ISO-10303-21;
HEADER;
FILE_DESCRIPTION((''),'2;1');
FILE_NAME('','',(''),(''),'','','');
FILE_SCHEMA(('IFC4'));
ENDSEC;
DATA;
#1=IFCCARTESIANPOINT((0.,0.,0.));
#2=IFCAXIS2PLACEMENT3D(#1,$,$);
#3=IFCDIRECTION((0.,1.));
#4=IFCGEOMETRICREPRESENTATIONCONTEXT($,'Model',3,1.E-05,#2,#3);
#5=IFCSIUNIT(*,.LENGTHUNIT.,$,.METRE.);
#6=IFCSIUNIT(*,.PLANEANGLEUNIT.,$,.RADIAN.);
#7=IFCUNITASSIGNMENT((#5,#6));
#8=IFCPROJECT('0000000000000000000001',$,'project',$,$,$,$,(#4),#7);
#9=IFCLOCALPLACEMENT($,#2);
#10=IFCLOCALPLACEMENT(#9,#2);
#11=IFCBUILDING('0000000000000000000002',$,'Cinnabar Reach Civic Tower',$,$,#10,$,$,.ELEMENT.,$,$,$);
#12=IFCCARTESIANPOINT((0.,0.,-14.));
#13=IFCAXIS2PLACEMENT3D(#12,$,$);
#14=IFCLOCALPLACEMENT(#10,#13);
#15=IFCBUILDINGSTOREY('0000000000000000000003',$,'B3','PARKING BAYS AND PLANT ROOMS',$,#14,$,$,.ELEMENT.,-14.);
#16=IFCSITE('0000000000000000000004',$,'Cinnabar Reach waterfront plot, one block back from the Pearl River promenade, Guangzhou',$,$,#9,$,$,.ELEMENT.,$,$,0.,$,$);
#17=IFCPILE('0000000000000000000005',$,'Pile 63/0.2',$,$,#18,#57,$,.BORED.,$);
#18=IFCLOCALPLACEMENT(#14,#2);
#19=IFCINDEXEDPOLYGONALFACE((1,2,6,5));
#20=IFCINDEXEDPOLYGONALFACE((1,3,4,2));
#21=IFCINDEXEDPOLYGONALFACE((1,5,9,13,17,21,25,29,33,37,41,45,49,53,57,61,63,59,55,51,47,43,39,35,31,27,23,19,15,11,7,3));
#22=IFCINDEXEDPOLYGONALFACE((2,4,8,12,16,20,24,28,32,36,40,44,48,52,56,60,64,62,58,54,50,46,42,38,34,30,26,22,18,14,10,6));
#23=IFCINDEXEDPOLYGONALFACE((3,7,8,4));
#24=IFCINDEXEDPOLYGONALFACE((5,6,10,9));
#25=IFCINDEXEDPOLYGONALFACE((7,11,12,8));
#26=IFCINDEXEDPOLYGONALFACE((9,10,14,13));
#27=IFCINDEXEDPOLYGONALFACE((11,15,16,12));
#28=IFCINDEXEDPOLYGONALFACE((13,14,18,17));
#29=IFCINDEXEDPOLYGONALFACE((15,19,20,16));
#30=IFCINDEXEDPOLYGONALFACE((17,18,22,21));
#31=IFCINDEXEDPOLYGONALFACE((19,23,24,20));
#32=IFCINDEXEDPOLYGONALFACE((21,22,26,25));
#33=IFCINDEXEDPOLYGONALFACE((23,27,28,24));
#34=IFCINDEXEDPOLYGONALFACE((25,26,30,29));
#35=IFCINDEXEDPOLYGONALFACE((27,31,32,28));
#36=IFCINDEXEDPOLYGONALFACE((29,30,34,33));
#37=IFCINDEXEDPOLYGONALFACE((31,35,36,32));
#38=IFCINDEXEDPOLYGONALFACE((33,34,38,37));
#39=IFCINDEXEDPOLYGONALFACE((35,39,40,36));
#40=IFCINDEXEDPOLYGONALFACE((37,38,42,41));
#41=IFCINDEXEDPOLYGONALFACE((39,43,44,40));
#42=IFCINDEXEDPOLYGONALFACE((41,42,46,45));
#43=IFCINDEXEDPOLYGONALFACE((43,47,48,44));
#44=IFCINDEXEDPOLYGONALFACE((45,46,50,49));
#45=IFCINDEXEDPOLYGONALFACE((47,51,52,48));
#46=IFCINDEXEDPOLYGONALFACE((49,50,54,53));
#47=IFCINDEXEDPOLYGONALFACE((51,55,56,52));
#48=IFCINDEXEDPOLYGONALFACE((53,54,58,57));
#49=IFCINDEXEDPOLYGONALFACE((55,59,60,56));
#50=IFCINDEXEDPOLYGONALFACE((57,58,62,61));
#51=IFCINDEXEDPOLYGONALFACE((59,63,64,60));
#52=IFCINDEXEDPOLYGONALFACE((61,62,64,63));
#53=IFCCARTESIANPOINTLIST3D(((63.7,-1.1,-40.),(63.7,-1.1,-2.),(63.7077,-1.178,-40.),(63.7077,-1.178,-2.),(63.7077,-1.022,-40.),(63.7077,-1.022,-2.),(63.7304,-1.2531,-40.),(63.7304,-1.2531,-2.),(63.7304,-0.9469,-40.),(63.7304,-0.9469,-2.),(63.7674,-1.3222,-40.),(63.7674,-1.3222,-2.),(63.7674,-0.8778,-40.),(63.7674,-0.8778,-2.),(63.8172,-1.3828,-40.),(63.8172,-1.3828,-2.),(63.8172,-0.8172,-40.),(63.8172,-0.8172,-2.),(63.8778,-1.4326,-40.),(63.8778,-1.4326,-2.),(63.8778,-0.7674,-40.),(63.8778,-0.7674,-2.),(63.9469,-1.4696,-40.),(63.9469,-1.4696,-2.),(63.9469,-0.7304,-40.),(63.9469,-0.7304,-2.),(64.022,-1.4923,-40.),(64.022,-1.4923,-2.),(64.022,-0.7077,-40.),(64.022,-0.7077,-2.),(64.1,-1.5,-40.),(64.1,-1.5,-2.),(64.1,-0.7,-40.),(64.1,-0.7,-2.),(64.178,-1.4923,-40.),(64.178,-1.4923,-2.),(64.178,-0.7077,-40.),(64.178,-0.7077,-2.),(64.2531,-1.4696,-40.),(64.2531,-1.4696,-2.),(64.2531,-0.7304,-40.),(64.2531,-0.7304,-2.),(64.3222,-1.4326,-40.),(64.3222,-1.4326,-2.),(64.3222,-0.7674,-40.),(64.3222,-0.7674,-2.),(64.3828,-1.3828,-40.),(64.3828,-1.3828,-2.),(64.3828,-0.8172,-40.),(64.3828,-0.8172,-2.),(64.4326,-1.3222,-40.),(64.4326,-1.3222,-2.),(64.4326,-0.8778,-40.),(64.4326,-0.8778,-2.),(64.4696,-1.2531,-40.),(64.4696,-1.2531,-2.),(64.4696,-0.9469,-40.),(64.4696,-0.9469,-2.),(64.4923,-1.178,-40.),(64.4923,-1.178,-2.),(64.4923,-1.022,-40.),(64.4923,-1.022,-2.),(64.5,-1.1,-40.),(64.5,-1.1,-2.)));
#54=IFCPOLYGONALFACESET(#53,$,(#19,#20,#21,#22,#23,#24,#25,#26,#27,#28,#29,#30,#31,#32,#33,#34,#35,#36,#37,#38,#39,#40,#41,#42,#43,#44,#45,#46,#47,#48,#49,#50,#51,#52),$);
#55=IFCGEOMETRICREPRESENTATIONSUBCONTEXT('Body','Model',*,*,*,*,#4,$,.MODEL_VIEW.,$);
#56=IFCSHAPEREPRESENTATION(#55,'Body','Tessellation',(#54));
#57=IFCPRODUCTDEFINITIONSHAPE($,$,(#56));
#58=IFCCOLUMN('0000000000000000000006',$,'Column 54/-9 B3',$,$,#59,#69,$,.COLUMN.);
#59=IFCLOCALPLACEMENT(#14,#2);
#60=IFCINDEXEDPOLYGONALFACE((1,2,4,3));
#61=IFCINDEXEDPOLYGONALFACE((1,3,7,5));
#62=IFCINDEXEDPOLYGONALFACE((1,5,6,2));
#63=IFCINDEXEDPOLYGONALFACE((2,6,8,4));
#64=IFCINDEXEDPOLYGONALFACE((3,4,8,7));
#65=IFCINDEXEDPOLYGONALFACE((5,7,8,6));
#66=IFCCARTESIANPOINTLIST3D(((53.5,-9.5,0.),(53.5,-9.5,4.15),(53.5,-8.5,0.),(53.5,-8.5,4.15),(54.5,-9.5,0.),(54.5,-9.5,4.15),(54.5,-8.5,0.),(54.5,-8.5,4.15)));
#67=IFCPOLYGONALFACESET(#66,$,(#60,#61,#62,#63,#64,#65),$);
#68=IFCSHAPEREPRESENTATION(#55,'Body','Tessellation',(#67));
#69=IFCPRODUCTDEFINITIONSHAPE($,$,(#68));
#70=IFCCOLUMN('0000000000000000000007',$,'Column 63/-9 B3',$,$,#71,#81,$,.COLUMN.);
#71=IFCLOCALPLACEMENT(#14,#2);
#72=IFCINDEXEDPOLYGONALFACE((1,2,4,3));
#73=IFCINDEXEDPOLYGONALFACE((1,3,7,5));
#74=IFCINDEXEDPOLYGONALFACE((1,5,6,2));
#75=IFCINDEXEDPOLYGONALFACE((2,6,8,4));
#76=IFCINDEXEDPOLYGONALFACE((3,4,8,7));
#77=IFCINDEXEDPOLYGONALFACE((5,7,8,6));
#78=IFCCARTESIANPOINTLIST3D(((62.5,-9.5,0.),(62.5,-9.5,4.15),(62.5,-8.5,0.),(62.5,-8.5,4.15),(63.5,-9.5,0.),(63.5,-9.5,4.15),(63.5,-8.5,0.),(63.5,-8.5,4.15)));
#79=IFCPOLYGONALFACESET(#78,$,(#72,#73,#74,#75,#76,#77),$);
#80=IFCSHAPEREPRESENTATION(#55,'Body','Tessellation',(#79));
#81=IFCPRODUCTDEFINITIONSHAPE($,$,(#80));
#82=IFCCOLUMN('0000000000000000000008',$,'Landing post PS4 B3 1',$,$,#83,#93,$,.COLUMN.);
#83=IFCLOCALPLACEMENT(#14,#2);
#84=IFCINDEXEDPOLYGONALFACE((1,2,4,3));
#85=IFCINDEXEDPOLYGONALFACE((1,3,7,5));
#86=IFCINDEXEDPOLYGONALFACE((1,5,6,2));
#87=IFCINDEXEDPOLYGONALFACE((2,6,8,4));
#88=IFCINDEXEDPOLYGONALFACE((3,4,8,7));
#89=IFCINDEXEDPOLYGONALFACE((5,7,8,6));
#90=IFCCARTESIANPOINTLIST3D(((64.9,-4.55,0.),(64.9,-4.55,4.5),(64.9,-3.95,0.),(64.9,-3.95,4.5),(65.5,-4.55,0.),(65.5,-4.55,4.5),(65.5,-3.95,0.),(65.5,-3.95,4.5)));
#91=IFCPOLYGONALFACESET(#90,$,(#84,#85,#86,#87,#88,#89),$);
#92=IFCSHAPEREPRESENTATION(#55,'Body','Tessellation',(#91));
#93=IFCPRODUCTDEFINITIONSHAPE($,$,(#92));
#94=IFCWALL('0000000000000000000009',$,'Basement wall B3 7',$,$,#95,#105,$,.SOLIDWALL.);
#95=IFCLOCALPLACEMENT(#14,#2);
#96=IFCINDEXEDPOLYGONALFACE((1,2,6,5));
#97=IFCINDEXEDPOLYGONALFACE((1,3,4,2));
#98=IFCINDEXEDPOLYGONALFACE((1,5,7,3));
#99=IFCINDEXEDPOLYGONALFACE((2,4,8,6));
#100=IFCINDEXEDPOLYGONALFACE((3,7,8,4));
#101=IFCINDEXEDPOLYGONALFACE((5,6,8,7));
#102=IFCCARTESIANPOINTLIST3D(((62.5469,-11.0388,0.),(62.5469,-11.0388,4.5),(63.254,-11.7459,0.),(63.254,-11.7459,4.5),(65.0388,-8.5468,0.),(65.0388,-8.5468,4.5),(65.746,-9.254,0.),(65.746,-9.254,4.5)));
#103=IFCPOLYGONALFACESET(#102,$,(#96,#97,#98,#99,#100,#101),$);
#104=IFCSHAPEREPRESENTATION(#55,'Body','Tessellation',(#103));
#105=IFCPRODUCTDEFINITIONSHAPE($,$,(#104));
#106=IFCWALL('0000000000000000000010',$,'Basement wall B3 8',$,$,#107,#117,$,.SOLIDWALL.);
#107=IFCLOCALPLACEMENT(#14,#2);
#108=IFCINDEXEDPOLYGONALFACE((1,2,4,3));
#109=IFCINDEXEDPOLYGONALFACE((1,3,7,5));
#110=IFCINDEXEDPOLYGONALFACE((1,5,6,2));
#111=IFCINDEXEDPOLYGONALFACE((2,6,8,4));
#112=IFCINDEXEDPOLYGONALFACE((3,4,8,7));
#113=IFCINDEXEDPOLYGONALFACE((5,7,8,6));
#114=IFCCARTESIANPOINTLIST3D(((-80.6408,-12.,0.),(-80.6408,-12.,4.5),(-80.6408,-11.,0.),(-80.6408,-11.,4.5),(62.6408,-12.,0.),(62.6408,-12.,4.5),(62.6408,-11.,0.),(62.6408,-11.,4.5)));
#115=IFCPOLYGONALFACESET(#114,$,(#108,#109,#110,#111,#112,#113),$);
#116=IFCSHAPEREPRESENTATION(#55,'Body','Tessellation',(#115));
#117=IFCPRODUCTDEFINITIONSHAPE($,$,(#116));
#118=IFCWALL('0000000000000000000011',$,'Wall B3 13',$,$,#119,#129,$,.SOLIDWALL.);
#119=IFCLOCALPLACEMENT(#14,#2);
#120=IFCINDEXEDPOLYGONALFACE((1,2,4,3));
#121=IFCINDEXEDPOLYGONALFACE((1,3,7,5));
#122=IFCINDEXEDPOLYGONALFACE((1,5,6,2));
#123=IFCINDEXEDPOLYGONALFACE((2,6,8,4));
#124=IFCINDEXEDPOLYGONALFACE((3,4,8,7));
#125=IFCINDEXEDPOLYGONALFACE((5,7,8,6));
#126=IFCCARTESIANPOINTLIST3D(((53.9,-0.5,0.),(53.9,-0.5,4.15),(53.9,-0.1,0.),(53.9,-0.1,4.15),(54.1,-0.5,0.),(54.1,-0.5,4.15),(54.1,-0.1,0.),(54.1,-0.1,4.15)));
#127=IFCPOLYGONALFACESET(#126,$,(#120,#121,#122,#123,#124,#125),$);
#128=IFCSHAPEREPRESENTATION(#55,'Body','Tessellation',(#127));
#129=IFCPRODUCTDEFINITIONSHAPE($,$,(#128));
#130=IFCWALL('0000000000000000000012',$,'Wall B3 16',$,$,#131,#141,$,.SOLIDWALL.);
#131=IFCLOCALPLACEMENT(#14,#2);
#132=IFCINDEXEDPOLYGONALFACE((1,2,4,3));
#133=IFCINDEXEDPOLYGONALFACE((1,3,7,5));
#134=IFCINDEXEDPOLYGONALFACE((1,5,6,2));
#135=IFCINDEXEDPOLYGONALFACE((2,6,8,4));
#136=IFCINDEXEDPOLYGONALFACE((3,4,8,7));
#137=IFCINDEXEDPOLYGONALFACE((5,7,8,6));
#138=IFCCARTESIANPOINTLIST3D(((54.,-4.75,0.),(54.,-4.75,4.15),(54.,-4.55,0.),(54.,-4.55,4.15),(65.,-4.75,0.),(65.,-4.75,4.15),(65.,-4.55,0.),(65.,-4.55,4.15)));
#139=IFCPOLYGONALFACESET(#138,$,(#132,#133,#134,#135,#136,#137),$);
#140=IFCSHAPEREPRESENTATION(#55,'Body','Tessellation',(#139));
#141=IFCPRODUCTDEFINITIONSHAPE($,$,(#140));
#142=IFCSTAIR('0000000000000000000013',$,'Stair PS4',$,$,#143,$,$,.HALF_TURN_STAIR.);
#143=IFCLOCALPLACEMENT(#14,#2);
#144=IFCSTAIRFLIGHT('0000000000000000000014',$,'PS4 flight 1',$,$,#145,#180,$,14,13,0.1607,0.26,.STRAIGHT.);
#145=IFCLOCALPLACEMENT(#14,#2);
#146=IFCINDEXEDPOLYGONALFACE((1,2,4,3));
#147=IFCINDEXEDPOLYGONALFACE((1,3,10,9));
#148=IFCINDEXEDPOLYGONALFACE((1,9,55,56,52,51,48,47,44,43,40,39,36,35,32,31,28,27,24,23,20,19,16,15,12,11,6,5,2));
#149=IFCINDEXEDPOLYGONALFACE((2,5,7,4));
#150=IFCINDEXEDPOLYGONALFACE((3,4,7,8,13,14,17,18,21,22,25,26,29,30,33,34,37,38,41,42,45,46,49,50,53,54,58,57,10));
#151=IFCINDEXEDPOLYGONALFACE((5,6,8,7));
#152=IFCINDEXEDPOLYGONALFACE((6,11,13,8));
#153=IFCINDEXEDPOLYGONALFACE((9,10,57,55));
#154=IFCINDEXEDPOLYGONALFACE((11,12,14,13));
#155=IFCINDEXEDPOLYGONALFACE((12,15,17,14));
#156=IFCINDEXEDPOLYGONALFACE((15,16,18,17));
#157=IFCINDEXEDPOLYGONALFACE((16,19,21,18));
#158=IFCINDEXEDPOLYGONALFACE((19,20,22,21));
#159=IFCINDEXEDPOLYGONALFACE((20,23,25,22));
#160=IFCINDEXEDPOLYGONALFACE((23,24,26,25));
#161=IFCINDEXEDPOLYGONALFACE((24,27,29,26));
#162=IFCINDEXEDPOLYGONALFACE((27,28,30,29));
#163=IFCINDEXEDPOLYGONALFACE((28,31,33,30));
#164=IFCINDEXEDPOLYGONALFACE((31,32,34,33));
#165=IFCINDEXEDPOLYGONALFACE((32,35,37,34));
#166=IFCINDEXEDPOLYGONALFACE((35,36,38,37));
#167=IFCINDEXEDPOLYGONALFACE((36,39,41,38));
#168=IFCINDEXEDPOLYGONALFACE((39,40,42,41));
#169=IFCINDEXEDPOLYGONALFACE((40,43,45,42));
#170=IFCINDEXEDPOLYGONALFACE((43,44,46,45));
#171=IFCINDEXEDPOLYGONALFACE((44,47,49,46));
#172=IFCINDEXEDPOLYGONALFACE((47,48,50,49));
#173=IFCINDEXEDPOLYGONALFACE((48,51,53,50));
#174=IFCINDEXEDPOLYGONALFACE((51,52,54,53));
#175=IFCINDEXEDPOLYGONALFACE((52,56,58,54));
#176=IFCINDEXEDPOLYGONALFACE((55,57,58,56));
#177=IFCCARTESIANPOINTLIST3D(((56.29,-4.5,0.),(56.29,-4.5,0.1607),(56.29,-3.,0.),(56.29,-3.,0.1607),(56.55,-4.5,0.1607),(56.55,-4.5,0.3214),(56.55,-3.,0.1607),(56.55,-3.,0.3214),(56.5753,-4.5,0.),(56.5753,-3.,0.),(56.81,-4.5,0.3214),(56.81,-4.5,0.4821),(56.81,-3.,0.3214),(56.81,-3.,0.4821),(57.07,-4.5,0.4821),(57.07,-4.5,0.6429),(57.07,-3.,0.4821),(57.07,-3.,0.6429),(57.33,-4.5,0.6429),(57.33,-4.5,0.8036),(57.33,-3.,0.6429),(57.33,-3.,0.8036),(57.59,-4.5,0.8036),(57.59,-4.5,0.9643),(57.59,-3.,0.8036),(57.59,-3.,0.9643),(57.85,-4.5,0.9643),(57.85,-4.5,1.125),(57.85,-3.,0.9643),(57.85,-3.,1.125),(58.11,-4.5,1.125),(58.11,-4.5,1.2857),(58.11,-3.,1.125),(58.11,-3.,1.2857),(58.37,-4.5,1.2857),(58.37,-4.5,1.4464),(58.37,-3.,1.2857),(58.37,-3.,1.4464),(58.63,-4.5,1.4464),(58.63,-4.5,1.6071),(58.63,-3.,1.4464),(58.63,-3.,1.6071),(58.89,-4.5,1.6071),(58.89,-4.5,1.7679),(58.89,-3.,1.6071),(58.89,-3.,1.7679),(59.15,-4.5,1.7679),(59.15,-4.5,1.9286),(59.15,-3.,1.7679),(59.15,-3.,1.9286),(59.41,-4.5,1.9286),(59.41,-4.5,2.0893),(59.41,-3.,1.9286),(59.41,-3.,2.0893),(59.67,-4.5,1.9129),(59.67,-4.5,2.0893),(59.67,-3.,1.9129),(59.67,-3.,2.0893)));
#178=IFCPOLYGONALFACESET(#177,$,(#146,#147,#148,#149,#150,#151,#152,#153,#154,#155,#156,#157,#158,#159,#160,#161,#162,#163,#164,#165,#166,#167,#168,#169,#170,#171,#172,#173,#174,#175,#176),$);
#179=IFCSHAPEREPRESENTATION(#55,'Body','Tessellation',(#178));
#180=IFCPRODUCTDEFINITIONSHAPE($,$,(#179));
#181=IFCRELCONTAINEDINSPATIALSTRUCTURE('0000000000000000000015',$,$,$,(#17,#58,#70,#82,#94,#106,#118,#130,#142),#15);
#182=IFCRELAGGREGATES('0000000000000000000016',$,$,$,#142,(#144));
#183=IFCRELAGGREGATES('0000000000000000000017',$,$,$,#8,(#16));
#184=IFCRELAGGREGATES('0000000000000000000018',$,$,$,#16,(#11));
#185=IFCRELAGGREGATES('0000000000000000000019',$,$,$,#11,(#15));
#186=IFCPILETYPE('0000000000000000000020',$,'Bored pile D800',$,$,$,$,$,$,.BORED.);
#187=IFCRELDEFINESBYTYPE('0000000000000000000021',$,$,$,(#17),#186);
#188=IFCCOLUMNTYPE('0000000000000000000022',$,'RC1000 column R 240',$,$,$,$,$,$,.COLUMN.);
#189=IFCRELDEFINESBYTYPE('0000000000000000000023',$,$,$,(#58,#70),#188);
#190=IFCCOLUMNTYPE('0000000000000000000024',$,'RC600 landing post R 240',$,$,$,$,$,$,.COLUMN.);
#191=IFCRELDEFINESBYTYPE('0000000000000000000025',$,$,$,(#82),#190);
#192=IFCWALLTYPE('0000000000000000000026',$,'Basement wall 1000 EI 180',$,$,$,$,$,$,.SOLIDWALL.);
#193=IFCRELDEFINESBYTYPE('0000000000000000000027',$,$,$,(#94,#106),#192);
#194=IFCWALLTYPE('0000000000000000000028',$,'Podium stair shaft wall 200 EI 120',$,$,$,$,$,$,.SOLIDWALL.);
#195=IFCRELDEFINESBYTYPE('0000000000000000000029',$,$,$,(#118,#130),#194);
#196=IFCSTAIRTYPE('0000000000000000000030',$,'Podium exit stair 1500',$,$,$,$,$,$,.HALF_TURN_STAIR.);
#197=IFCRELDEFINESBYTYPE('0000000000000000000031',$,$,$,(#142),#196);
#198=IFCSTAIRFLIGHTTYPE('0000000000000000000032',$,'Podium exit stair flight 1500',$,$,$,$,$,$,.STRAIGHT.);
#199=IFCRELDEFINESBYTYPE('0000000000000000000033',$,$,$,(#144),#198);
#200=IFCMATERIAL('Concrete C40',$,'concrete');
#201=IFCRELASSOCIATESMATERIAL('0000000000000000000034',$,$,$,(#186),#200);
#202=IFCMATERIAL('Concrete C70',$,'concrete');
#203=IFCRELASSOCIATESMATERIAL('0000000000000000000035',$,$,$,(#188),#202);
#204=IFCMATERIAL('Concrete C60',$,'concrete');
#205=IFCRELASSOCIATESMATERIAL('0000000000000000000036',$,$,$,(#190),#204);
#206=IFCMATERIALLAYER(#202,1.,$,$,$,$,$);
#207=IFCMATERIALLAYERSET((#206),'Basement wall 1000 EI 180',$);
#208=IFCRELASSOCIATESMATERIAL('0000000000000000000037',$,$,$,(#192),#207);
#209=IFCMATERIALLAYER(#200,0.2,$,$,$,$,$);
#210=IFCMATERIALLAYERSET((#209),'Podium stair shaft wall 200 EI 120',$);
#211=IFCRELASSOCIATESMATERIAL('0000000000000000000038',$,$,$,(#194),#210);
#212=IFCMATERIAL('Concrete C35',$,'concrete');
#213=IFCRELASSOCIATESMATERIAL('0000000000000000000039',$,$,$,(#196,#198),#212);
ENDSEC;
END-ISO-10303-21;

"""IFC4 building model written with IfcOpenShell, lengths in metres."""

from ifc_helpers import new_model, si_unit, direction, frame, frame_2d, origin, origin_2d, place, context, subcontext, project, spatial, polyline, rectangle, circle, outline, extrude, material, layer, layer_set, material_profile, profile_set, type_object, element, aggregate, save


model = new_model("IFC4")

# Units and contexts
model_context = context("Model", 3, precision=1e-05, world=origin(), true_north=direction((0.0, 1.0)))
body_context = subcontext(model_context, "Body", "Model", "MODEL_VIEW")
ifc_project = project(units=[si_unit("LENGTHUNIT", "METRE"), si_unit("PLANEANGLEUNIT", "RADIAN")], contexts=[model_context])

# Site, building, storey
site_placement = place(None, origin())
site = spatial("IfcSite", under=ifc_project, at=site_placement, Name="Cinnabar Reach waterfront plot, one block back from the Pearl River promenade, Guangzhou", CompositionType="ELEMENT", RefElevation=0.0)
building_placement = place(site_placement, origin())
building = spatial("IfcBuilding", under=site, at=building_placement, Name="Cinnabar Reach Civic Tower", CompositionType="ELEMENT")
storey_placement = place(building_placement, frame((0.0, 0.0, -14.0)))
storey = spatial("IfcBuildingStorey", under=building, at=storey_placement, Name="B3", Description="PARKING BAYS AND PLANT ROOMS", CompositionType="ELEMENT", Elevation=-14.0)

# Pile
ifc_material_1 = material(Name="Concrete C40", Category="concrete")
pile_type = type_object("IfcPileType", Name="Bored pile D800", PredefinedType="BORED", material=ifc_material_1)
for number, where, z_axis, x_axis, name in (
    (1, (64.1, -1.1, -2.0), (0.0, 0.0, -1.0), (1.0, 0.0, 0.0), "Pile 63/0.2"),
):
    element("IfcPile", number, at=place(storey_placement, frame(where, z_axis=z_axis, x_axis=x_axis)), inside=storey, type_object=pile_type, Name=name, PredefinedType="BORED", context=body_context, shape_type="SweptSolid", body=[
        extrude(circle(Radius=0.4, at=origin_2d()), origin(), (0.0, 0.0, 1.0), 38.0),
    ])

# Columns
ifc_material_2 = material(Name="Concrete C70", Category="concrete")
ifc_material_profile_1 = material_profile(ifc_material_2, rectangle(XDim=1.0, YDim=1.0, at=origin_2d()), Name="RC1000")
ifc_profile_set_1 = profile_set([ifc_material_profile_1], Name="Concrete C70")
column_type_1 = type_object("IfcColumnType", Name="RC1000 column R 240", PredefinedType="COLUMN", material=ifc_profile_set_1)
for number, where, z_axis, x_axis, name in (
    (2, (54.0, -9.0, 0.0), (0.0, 0.0, 1.0), (1.0, 0.0, 0.0), "Column 54/-9 B3"),
    (3, (63.0, -9.0, 0.0), (0.0, 0.0, 1.0), (1.0, 0.0, 0.0), "Column 63/-9 B3"),
):
    element("IfcColumn", number, at=place(storey_placement, frame(where, z_axis=z_axis, x_axis=x_axis)), inside=storey, type_object=column_type_1, Name=name, PredefinedType="COLUMN", context=body_context, shape_type="SweptSolid", body=[
        extrude(rectangle(XDim=1.0, YDim=1.0, at=origin_2d()), origin(), (0.0, 0.0, 1.0), 4.15),
    ])
ifc_material_3 = material(Name="Concrete C60", Category="concrete")
ifc_material_profile_2 = material_profile(ifc_material_3, rectangle(XDim=0.6, YDim=0.6, at=origin_2d()), Name="RC600")
ifc_profile_set_2 = profile_set([ifc_material_profile_2], Name="Concrete C60")
column_type_2 = type_object("IfcColumnType", Name="RC600 landing post R 240", PredefinedType="COLUMN", material=ifc_profile_set_2)
column_placement = place(storey_placement, frame((65.2, -4.25, 0.0), z_axis=(0.0, 0.0, 1.0), x_axis=(1.0, 0.0, 0.0)))
element("IfcColumn", 4, at=column_placement, inside=storey, type_object=column_type_2, Name="Landing post PS4 B3 1", PredefinedType="COLUMN", context=body_context, shape_type="SweptSolid", body=[
    extrude(rectangle(XDim=0.6, YDim=0.6, at=origin_2d()), origin(), (0.0, 0.0, 1.0), 4.5),
])

# Walls
ifc_layer_1 = layer(ifc_material_2, 1.0)
ifc_layer_set_1 = layer_set([ifc_layer_1], Name="Basement wall 1000 EI 180")
wall_type_1 = type_object("IfcWallType", Name="Basement wall 1000 EI 180", PredefinedType="SOLIDWALL", material=ifc_layer_set_1)
wall_1_placement = place(storey_placement, frame((65.3924, -8.9004, 0.0), z_axis=(0.0, 0.0, 1.0), x_axis=(-0.707107, -0.707107, 0.0)))
element("IfcWall", 5, at=wall_1_placement, inside=storey, type_object=wall_type_1, Name="Basement wall B3 7", PredefinedType="SOLIDWALL", context=body_context, shape_type="SweptSolid", body=[
    extrude(rectangle(XDim=3.5242, YDim=1.0, at=frame_2d((1.7621, 0.0))), origin(), (0.0, 0.0, 1.0), 4.5),
])
wall_2_placement = place(storey_placement, frame((62.6408, -11.5, 0.0), z_axis=(0.0, 0.0, 1.0), x_axis=(-1.0, 0.0, 0.0)))
element("IfcWall", 6, at=wall_2_placement, inside=storey, type_object=wall_type_1, Name="Basement wall B3 8", PredefinedType="SOLIDWALL", context=body_context, shape_type="SweptSolid", body=[
    extrude(rectangle(XDim=143.2816, YDim=1.0, at=frame_2d((71.6408, 0.0))), origin(), (0.0, 0.0, 1.0), 4.5),
])
ifc_layer_2 = layer(ifc_material_1, 0.2)
ifc_layer_set_2 = layer_set([ifc_layer_2], Name="Podium stair shaft wall 200 EI 120")
wall_type_2 = type_object("IfcWallType", Name="Podium stair shaft wall 200 EI 120", PredefinedType="SOLIDWALL", material=ifc_layer_set_2)
wall_3_placement = place(storey_placement, frame((54.0, -0.5, 0.0), z_axis=(0.0, 0.0, 1.0), x_axis=(0.0, 1.0, 0.0)))
element("IfcWall", 7, at=wall_3_placement, inside=storey, type_object=wall_type_2, Name="Wall B3 13", PredefinedType="SOLIDWALL", context=body_context, shape_type="SweptSolid", body=[
    extrude(rectangle(XDim=0.4, YDim=0.2, at=frame_2d((0.2, 0.0))), origin(), (0.0, 0.0, 1.0), 4.15),
])
wall_4_placement = place(storey_placement, frame((54.0, -4.65, 0.0), z_axis=(0.0, 0.0, 1.0), x_axis=(1.0, 0.0, 0.0)))
element("IfcWall", 8, at=wall_4_placement, inside=storey, type_object=wall_type_2, Name="Wall B3 16", PredefinedType="SOLIDWALL", context=body_context, shape_type="SweptSolid", body=[
    extrude(rectangle(XDim=11.0, YDim=0.2, at=frame_2d((5.5, 0.0))), origin(), (0.0, 0.0, 1.0), 4.15),
])

# Stair, stair flight
ifc_material_4 = material(Name="Concrete C35", Category="concrete")
stair_type = type_object("IfcStairType", Name="Podium exit stair 1500", PredefinedType="HALF_TURN_STAIR", material=ifc_material_4)
stair_placement = place(storey_placement, origin())
stair = element("IfcStair", 9, at=stair_placement, inside=storey, type_object=stair_type, Name="Stair PS4", PredefinedType="HALF_TURN_STAIR")
stair_flight_type = type_object("IfcStairFlightType", Name="Podium exit stair flight 1500", PredefinedType="STRAIGHT", material=ifc_material_4)
stair_flight_1_placement = place(storey_placement, frame((56.29, -3.75, 0.0), z_axis=(0.0, 0.0, 1.0), x_axis=(1.0, 0.0, 0.0)))
stair_flight_1 = element("IfcStairFlight", 10, at=stair_flight_1_placement, type_object=stair_flight_type, Name="PS4 flight 1", NumberOfRisers=14, NumberOfTreads=13, PredefinedType="STRAIGHT", RiserHeight=0.1607, TreadLength=0.26, context=body_context, shape_type="SweptSolid", body=[
    extrude(outline(polyline([(0.0, 0.0), (0.0, 0.1607), (0.26, 0.1607), (0.26, 0.3214), (0.52, 0.3214), (0.52, 0.4821), (0.78, 0.4821), (0.78, 0.6429), (1.04, 0.6429), (1.04, 0.8036), (1.3, 0.8036), (1.3, 0.9643), (1.56, 0.9643), (1.56, 1.125), (1.82, 1.125), (1.82, 1.2857), (2.08, 1.2857), (2.08, 1.4464), (2.34, 1.4464), (2.34, 1.6071), (2.6, 1.6071), (2.6, 1.7679), (2.86, 1.7679), (2.86, 1.9286), (3.12, 1.9286), (3.12, 2.0893), (3.38, 2.0893), (3.38, 2.25), (3.38, 1.9129), (0.2853, 0.0), (0.0, 0.0)])), frame((0.0, 0.75, 0.0), z_axis=(0.0, -1.0, 0.0), x_axis=(1.0, 0.0, 0.0)), (0.0, 0.0, 1.0), 1.5),
])
aggregate(stair, [stair_flight_1])

save(model, "model.ifc")
